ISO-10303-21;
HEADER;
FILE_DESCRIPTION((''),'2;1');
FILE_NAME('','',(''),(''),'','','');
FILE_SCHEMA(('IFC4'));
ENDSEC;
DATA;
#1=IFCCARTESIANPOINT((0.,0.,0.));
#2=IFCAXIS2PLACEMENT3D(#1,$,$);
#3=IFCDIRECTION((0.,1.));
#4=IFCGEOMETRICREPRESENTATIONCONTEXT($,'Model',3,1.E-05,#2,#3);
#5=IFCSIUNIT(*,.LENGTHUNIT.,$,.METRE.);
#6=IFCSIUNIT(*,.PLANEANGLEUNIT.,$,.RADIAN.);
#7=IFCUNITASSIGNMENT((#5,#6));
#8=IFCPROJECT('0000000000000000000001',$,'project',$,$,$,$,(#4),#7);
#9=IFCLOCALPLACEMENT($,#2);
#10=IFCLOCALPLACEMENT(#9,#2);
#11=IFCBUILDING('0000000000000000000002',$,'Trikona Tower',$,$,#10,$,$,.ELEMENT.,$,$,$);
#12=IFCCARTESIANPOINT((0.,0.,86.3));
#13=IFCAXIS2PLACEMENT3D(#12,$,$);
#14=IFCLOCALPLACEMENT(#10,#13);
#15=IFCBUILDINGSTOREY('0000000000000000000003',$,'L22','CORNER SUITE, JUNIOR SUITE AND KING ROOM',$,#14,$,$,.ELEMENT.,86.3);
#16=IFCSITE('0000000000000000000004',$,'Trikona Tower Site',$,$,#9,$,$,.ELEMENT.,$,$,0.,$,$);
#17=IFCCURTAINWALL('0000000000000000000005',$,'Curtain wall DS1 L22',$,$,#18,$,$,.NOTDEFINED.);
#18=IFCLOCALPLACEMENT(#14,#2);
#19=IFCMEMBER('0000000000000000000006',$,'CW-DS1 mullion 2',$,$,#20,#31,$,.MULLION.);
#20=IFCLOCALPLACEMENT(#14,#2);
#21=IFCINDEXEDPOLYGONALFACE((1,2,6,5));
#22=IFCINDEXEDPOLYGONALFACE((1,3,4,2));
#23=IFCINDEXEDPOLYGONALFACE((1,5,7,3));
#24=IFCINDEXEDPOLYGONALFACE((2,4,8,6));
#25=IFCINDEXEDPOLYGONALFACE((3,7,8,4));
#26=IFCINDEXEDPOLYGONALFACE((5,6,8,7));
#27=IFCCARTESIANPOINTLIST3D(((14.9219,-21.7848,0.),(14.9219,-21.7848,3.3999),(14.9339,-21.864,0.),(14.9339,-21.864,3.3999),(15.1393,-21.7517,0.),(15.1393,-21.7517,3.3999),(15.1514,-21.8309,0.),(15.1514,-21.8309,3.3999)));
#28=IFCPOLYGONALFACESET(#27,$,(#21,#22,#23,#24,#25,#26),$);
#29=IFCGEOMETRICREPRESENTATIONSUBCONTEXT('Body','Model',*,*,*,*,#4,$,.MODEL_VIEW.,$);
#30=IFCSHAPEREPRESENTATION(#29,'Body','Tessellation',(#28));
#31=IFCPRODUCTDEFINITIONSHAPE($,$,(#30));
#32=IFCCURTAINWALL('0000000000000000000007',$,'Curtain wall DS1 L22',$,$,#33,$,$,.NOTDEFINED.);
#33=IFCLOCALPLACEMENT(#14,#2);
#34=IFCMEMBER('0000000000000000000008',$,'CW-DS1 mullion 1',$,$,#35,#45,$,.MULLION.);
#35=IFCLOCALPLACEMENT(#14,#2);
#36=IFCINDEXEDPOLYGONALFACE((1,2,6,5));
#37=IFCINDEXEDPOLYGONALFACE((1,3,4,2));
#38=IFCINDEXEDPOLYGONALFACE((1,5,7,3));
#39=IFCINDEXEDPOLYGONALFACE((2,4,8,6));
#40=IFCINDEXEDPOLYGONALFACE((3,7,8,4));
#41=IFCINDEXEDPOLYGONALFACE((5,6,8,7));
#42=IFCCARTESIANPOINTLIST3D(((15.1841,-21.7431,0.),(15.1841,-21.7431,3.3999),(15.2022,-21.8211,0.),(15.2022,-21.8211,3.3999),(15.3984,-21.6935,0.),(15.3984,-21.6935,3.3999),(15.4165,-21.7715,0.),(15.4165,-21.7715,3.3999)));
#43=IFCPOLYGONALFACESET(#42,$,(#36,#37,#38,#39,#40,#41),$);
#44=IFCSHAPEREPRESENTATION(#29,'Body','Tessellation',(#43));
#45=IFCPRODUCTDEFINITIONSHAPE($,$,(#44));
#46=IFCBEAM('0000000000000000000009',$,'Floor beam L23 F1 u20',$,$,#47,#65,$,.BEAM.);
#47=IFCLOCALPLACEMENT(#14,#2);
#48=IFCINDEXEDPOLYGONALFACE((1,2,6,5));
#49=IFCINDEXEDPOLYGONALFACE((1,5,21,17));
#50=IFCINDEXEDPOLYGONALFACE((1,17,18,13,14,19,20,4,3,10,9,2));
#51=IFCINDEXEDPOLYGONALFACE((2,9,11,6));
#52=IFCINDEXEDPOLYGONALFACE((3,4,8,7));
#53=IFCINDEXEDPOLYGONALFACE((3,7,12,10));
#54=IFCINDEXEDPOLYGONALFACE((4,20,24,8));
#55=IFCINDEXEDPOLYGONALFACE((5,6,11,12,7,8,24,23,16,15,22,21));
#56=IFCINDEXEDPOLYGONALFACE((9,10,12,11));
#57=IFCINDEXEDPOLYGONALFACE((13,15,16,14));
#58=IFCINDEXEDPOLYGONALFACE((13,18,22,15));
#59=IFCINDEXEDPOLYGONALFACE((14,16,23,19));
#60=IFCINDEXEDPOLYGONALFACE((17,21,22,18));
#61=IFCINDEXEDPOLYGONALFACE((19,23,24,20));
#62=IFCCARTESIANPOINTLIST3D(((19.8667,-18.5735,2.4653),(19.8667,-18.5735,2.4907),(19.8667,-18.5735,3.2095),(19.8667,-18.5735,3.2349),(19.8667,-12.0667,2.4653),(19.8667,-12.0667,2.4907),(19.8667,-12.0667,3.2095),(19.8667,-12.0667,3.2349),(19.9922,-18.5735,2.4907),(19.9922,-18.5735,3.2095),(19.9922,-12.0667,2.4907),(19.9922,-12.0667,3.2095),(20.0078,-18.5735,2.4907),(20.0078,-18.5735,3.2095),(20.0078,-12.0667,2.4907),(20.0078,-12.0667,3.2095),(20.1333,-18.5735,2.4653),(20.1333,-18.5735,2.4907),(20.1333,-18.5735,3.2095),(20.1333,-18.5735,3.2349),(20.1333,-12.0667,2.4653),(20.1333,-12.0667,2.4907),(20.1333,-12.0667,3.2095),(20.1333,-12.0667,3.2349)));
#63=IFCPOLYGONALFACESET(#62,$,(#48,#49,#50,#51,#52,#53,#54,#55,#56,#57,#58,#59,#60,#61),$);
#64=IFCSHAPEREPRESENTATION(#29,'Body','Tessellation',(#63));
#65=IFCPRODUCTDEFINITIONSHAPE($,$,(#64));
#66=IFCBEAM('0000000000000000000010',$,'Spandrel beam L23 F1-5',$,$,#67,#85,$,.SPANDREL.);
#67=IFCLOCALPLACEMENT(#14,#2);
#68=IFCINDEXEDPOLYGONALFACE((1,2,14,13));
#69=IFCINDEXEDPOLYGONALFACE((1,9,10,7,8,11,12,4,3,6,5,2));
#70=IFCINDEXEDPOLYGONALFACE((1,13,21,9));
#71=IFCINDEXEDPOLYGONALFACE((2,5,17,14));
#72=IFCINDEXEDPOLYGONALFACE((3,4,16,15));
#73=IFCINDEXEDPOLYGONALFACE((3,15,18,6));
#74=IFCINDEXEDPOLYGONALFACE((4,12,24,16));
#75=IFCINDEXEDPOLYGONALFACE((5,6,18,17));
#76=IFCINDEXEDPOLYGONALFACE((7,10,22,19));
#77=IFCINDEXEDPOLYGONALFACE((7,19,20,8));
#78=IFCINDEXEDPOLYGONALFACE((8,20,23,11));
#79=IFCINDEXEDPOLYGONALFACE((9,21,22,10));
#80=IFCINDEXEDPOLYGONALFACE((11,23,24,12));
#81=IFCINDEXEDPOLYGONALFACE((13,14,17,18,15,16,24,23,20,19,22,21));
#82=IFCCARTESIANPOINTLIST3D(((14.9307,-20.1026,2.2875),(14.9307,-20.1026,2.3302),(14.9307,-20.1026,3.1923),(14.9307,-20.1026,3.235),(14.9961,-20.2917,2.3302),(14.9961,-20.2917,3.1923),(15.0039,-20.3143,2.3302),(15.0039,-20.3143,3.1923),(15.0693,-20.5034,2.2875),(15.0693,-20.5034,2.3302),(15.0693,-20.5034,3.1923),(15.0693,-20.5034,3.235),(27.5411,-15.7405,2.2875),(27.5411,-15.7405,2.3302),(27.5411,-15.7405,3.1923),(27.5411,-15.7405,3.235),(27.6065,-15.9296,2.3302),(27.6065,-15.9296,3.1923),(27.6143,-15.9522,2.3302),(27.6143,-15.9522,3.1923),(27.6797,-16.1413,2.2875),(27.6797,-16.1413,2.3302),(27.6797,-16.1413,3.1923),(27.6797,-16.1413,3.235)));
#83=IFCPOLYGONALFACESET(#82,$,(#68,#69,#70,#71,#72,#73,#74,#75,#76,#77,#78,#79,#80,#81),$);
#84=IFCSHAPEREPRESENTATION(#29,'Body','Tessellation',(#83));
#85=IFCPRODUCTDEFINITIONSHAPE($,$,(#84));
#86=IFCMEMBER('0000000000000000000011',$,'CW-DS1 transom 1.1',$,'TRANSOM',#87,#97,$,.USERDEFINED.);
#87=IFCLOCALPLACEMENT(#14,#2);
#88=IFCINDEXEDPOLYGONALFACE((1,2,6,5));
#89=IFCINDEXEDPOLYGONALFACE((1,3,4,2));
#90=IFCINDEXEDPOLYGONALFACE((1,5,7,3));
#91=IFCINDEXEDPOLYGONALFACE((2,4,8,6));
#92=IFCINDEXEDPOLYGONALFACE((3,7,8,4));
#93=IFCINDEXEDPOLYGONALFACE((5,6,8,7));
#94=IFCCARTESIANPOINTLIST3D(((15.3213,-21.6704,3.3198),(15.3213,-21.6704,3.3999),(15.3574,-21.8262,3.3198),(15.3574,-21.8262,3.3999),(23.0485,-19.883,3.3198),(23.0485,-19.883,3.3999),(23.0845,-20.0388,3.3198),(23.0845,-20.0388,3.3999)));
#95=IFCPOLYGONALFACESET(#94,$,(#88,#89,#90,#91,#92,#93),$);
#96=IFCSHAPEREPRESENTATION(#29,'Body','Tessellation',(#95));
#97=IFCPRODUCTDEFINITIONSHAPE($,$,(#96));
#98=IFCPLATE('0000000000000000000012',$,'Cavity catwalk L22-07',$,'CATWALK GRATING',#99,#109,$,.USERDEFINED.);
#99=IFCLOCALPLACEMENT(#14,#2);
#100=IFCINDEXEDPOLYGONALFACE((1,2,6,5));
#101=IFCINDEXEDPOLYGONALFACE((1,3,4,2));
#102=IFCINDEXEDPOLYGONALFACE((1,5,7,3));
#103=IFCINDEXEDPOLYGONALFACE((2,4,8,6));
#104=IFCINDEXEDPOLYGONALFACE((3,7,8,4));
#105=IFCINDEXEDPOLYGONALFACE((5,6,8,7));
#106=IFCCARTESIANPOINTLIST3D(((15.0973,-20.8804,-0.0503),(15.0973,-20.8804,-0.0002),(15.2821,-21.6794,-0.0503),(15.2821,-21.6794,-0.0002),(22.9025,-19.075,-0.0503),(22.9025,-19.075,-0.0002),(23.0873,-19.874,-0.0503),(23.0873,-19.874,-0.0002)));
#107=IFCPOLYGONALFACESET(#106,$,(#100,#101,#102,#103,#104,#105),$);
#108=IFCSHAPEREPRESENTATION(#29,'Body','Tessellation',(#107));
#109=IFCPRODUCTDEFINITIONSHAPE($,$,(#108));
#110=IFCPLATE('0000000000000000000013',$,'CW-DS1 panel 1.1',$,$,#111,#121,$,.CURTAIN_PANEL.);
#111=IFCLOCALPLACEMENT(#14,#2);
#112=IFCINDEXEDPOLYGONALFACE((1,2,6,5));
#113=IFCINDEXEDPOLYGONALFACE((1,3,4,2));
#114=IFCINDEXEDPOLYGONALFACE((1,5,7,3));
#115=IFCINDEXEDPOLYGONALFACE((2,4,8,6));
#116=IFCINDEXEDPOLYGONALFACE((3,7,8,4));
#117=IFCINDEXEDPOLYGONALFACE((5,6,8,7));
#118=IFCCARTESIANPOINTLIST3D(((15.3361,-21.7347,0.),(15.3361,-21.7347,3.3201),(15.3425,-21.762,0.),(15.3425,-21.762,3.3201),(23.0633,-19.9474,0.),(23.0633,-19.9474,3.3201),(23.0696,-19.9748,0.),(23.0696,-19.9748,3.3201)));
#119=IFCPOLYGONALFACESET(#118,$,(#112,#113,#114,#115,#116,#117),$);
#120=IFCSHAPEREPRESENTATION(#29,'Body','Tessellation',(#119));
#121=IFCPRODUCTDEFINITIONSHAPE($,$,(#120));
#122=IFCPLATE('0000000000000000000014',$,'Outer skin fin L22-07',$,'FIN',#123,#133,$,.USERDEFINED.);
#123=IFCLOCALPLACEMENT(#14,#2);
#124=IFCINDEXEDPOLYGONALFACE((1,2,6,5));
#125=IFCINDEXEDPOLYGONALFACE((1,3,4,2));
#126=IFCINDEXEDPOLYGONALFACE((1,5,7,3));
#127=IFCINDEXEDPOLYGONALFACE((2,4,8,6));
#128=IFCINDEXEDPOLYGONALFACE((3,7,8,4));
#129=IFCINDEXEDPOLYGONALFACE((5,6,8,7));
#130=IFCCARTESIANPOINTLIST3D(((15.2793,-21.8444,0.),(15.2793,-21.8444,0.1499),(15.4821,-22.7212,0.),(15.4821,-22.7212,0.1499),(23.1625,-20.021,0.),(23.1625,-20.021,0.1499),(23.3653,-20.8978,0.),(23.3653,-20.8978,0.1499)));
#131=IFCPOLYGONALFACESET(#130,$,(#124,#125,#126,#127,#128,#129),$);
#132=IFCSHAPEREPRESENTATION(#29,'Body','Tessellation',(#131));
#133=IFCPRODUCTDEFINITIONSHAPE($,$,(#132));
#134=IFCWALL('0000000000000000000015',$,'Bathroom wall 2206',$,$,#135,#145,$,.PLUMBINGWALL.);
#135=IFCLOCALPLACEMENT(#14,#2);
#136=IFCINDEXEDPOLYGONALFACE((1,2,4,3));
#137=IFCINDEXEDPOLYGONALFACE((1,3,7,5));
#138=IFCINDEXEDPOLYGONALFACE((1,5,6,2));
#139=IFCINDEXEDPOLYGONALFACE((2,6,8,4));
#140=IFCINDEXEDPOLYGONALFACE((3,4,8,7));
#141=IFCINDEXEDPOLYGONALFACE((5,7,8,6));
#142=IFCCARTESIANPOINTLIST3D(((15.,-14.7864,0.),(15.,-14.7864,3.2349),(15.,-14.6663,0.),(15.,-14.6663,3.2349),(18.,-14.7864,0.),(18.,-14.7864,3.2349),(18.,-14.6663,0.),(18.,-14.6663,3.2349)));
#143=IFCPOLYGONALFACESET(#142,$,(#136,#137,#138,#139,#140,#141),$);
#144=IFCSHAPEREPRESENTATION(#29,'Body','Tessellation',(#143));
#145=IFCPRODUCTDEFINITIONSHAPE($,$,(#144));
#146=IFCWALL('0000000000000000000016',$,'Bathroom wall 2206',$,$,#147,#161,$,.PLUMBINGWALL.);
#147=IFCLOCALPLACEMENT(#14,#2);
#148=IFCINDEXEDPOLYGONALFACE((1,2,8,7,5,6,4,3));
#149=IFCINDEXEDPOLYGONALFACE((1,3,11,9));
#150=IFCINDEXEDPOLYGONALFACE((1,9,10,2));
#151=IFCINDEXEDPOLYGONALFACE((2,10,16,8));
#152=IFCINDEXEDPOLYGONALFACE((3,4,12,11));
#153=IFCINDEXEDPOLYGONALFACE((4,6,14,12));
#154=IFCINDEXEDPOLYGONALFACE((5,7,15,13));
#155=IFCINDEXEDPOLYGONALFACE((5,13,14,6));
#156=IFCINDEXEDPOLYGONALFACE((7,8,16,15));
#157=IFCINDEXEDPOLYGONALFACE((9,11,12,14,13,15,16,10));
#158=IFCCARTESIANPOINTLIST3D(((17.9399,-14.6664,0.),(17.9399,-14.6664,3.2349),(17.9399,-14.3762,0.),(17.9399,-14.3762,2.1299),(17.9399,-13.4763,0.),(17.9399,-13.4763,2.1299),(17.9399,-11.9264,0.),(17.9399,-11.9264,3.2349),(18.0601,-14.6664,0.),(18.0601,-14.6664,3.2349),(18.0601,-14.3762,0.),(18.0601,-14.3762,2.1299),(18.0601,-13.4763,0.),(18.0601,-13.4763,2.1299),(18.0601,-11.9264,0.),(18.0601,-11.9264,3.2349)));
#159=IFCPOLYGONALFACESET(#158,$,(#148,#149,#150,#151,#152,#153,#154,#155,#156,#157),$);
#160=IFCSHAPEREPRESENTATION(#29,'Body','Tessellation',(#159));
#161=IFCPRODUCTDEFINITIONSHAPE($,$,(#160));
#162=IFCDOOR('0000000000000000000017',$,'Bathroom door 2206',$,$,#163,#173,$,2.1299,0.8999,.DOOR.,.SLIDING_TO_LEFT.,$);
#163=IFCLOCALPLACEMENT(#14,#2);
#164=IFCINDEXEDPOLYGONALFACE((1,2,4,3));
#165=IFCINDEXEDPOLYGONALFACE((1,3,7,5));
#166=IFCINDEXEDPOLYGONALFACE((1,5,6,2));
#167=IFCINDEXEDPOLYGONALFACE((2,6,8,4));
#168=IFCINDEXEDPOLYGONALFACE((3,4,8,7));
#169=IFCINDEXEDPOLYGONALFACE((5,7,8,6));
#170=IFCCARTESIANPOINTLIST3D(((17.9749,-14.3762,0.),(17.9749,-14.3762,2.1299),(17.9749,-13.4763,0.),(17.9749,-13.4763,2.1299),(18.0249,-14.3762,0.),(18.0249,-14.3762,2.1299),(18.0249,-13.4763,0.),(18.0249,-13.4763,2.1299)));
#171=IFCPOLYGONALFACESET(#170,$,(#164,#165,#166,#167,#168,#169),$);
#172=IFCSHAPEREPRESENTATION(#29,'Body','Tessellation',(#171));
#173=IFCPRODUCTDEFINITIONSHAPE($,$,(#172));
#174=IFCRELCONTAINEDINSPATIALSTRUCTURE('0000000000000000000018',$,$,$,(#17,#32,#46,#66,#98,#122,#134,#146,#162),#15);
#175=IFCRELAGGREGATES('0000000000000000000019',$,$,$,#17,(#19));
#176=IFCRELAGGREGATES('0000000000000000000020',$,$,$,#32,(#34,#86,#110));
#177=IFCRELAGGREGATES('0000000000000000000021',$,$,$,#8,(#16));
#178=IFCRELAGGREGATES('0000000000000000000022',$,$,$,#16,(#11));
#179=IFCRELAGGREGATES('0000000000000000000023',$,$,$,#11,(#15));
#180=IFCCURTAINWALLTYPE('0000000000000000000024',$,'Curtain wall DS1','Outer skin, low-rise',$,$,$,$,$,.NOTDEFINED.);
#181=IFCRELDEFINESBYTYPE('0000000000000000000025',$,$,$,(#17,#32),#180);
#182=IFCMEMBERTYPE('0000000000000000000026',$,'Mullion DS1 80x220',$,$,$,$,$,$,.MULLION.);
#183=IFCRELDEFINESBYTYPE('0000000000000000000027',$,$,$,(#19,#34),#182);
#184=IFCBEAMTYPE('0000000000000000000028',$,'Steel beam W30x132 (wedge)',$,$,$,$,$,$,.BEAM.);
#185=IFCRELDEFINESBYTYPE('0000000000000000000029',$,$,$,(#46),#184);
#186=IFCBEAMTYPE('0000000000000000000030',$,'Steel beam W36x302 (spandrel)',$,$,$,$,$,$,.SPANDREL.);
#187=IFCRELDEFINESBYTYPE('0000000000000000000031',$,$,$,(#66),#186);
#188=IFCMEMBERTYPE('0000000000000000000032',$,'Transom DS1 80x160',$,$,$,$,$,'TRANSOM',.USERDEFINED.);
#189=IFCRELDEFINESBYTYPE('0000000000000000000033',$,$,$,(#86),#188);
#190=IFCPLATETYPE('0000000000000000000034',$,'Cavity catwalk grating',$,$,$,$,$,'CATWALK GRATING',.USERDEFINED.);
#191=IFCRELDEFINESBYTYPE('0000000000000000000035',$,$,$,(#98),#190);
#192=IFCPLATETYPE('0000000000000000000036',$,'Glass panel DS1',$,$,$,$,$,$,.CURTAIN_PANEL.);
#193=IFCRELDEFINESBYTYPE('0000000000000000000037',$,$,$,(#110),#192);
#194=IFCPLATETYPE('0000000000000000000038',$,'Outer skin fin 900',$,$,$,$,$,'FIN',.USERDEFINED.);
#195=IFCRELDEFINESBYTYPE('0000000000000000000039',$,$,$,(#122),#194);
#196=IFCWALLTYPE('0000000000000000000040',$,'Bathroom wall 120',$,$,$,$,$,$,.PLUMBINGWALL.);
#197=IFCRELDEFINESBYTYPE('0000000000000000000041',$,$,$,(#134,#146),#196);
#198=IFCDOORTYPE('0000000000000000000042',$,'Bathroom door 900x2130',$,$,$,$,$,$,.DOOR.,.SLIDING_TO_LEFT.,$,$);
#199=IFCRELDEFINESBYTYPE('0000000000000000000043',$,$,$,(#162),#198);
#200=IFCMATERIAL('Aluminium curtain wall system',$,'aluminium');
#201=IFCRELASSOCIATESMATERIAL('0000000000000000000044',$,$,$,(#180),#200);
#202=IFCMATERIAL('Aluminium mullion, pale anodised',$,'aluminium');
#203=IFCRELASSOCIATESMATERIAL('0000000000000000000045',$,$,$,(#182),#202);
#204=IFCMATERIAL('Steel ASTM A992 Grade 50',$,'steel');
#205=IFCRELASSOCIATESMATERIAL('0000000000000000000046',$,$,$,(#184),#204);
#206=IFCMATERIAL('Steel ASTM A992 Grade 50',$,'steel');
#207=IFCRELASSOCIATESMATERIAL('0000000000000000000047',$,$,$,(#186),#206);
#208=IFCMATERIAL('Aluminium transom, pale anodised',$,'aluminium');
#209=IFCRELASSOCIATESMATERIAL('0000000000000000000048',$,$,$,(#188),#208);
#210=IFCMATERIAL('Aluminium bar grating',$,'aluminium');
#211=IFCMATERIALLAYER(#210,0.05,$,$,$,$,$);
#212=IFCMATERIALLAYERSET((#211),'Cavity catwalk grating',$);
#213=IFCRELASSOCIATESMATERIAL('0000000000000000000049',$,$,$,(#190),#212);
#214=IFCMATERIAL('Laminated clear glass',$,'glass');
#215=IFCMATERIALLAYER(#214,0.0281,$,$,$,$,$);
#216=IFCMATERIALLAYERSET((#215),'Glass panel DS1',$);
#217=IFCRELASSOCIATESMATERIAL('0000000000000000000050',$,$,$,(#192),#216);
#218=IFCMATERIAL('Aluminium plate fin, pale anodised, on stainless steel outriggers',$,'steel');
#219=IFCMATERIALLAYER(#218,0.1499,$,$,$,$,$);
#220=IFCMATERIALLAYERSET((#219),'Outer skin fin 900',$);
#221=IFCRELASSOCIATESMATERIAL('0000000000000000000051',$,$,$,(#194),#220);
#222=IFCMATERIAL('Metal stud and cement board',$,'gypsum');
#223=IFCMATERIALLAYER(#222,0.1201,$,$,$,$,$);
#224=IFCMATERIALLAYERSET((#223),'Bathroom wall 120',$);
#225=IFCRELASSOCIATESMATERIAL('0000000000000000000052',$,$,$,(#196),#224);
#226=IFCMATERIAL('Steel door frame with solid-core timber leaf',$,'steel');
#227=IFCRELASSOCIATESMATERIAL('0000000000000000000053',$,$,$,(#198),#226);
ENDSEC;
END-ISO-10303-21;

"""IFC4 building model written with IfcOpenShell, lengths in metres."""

from ifc_helpers import new_model, si_unit, direction, frame, frame_2d, origin, origin_2d, place, context, subcontext, project, spatial, rectangle, i_section, extrude, material, layer, layer_set, material_profile, profile_set, type_object, element, fill, aggregate, save


model = new_model("IFC4")

# Units and contexts
model_context = context("Model", 3, precision=1e-05, world=origin(), true_north=direction((0.0, 1.0)))
body_context = subcontext(model_context, "Body", "Model", "MODEL_VIEW")
ifc_project = project(units=[si_unit("LENGTHUNIT", "METRE"), si_unit("PLANEANGLEUNIT", "RADIAN")], contexts=[model_context])

# Site, building, storey
site_placement = place(None, origin())
site = spatial("IfcSite", under=ifc_project, at=site_placement, Name="Trikona Tower Site", CompositionType="ELEMENT", RefElevation=0.0)
building_placement = place(site_placement, origin())
building = spatial("IfcBuilding", under=site, at=building_placement, Name="Trikona Tower", CompositionType="ELEMENT")
storey_placement = place(building_placement, frame((0.0, 0.0, 86.3)))
storey = spatial("IfcBuildingStorey", under=building, at=storey_placement, Name="L22", Description="CORNER SUITE, JUNIOR SUITE AND KING ROOM", CompositionType="ELEMENT", Elevation=86.3)

# Curtain walls, members
ifc_material_1 = material(Name="Aluminium curtain wall system", Category="aluminium")
curtain_wall_type = type_object("IfcCurtainWallType", Name="Curtain wall DS1", Description="Outer skin, low-rise", PredefinedType="NOTDEFINED", material=ifc_material_1)
curtain_wall_1_placement = place(storey_placement, origin())
curtain_wall_1 = element("IfcCurtainWall", 1, at=curtain_wall_1_placement, inside=storey, type_object=curtain_wall_type, Name="Curtain wall DS1 L22", PredefinedType="NOTDEFINED")
ifc_material_2 = material(Name="Aluminium mullion, pale anodised", Category="aluminium")
ifc_material_profile_1 = material_profile(ifc_material_2, rectangle(XDim=0.0801, YDim=0.22, at=origin_2d()), Name="MUL-DS1")
ifc_profile_set_1 = profile_set([ifc_material_profile_1], Name="Aluminium mullion, pale anodised")
member_type_1 = type_object("IfcMemberType", Name="Mullion DS1 80x220", PredefinedType="MULLION", material=ifc_profile_set_1)
member_1_placement = place(storey_placement, frame((15.0366, -21.8079, 0.0), z_axis=(0.0, 0.0, 1.0), x_axis=(-0.150438, 0.988619, 0.0)))
member_1 = element("IfcMember", 2, at=member_1_placement, type_object=member_type_1, Name="CW-DS1 mullion 2", PredefinedType="MULLION", context=body_context, shape_type="SweptSolid", body=[
    extrude(rectangle(XDim=0.0801, YDim=0.22, at=origin_2d()), origin(), (0.0, 0.0, 1.0), 3.3999),
])
aggregate(curtain_wall_1, [member_1])
curtain_wall_2_placement = place(storey_placement, origin())
curtain_wall_2 = element("IfcCurtainWall", 3, at=curtain_wall_2_placement, inside=storey, type_object=curtain_wall_type, Name="Curtain wall DS1 L22", PredefinedType="NOTDEFINED")
member_2_placement = place(storey_placement, frame((15.3003, -21.7573, 0.0), z_axis=(0.0, 0.0, 1.0), x_axis=(-0.225343, 0.974279, 0.0)))
member_2 = element("IfcMember", 4, at=member_2_placement, type_object=member_type_1, Name="CW-DS1 mullion 1", PredefinedType="MULLION", context=body_context, shape_type="SweptSolid", body=[
    extrude(rectangle(XDim=0.0801, YDim=0.22, at=origin_2d()), origin(), (0.0, 0.0, 1.0), 3.3999),
])

# Beams
ifc_material_3 = material(Name="Steel ASTM A992 Grade 50", Category="steel")
ifc_material_profile_2 = material_profile(ifc_material_3, i_section(OverallWidth=0.2666, OverallDepth=0.7695, WebThickness=0.0156, FlangeThickness=0.0254, at=origin_2d()), Name="W30X132")
ifc_profile_set_2 = profile_set([ifc_material_profile_2], Name="Steel ASTM A992 Grade 50")
beam_type_1 = type_object("IfcBeamType", Name="Steel beam W30x132 (wedge)", PredefinedType="BEAM", material=ifc_profile_set_2)
beam_1_placement = place(storey_placement, frame((20.0, -12.0667, 2.8501), z_axis=(0.0, -1.0, 0.0), x_axis=(1.0, 0.0, 0.0)))
element("IfcBeam", 5, at=beam_1_placement, inside=storey, type_object=beam_type_1, Name="Floor beam L23 F1 u20", PredefinedType="BEAM", context=body_context, shape_type="SweptSolid", body=[
    extrude(i_section(OverallWidth=0.2666, OverallDepth=0.7695, WebThickness=0.0156, FlangeThickness=0.0254, at=origin_2d()), origin(), (0.0, 0.0, 1.0), 6.5068),
])
ifc_material_4 = material(Name="Steel ASTM A992 Grade 50", Category="steel")
ifc_material_profile_3 = material_profile(ifc_material_4, i_section(OverallWidth=0.4241, OverallDepth=0.9475, WebThickness=0.0239, FlangeThickness=0.0427, at=origin_2d()), Name="W36X302")
ifc_profile_set_3 = profile_set([ifc_material_profile_3], Name="Steel ASTM A992 Grade 50")
beam_type_2 = type_object("IfcBeamType", Name="Steel beam W36x302 (spandrel)", PredefinedType="SPANDREL", material=ifc_profile_set_3)
beam_2_placement = place(storey_placement, frame((15.0, -20.303, 2.7612), z_axis=(0.945057, 0.326906, 0.0), x_axis=(-0.326906, 0.945057, 0.0)))
element("IfcBeam", 6, at=beam_2_placement, inside=storey, type_object=beam_type_2, Name="Spandrel beam L23 F1-5", PredefinedType="SPANDREL", context=body_context, shape_type="SweptSolid", body=[
    extrude(i_section(OverallWidth=0.4241, OverallDepth=0.9475, WebThickness=0.0239, FlangeThickness=0.0427, at=origin_2d()), origin(), (0.0, 0.0, 1.0), 13.3435),
])

# Member
ifc_material_5 = material(Name="Aluminium transom, pale anodised", Category="aluminium")
ifc_material_profile_4 = material_profile(ifc_material_5, rectangle(XDim=0.1599, YDim=0.0801, at=origin_2d()), Name="TRN-DS1")
ifc_profile_set_4 = profile_set([ifc_material_profile_4], Name="Aluminium transom, pale anodised")
member_type_2 = type_object("IfcMemberType", Name="Transom DS1 80x160", ElementType="TRANSOM", PredefinedType="USERDEFINED", material=ifc_profile_set_4)
member_3_placement = place(storey_placement, frame((15.3394, -21.7483, 3.3599), z_axis=(0.974275, 0.225361, 0.0), x_axis=(-0.225361, 0.974275, 0.0)))
member_3 = element("IfcMember", 7, at=member_3_placement, type_object=member_type_2, Name="CW-DS1 transom 1.1", ObjectType="TRANSOM", PredefinedType="USERDEFINED", context=body_context, shape_type="SweptSolid", body=[
    extrude(rectangle(XDim=0.1599, YDim=0.0801, at=origin_2d()), origin(), (0.0, 0.0, 1.0), 7.9312),
])

# Plates
ifc_material_6 = material(Name="Aluminium bar grating", Category="aluminium")
ifc_layer_1 = layer(ifc_material_6, 0.05)
ifc_layer_set_1 = layer_set([ifc_layer_1], Name="Cavity catwalk grating")
plate_type_1 = type_object("IfcPlateType", Name="Cavity catwalk grating", ElementType="CATWALK GRATING", PredefinedType="USERDEFINED", material=ifc_layer_set_1)
plate_1_placement = place(storey_placement, frame((19.0923, -20.3772, -0.0503), z_axis=(0.0, 0.0, 1.0), x_axis=(0.974278, 0.225351, 0.0)))
element("IfcPlate", 8, at=plate_1_placement, inside=storey, type_object=plate_type_1, Name="Cavity catwalk L22-07", ObjectType="CATWALK GRATING", PredefinedType="USERDEFINED", context=body_context, shape_type="SweptSolid", body=[
    extrude(rectangle(XDim=8.0112, YDim=0.8201, at=origin_2d()), origin(), (0.0, 0.0, 1.0), 0.05),
])
ifc_material_7 = material(Name="Laminated clear glass", Category="glass")
ifc_layer_2 = layer(ifc_material_7, 0.0281)
ifc_layer_set_2 = layer_set([ifc_layer_2], Name="Glass panel DS1")
plate_type_2 = type_object("IfcPlateType", Name="Glass panel DS1", PredefinedType="CURTAIN_PANEL", material=ifc_layer_set_2)
plate_2_placement = place(storey_placement, frame((19.2029, -20.8547, 0.0), z_axis=(0.0, 0.0, 1.0), x_axis=(0.974279, 0.225343, 0.0)))
plate_2 = element("IfcPlate", 9, at=plate_2_placement, type_object=plate_type_2, Name="CW-DS1 panel 1.1", PredefinedType="CURTAIN_PANEL", context=body_context, shape_type="SweptSolid", body=[
    extrude(rectangle(XDim=7.9312, YDim=0.0281, at=origin_2d()), origin(), (0.0, 0.0, 1.0), 3.3201),
])
aggregate(curtain_wall_2, [member_2, member_3, plate_2])
ifc_material_8 = material(Name="Aluminium plate fin, pale anodised, on stainless steel outriggers", Category="steel")
ifc_layer_3 = layer(ifc_material_8, 0.1499)
ifc_layer_set_3 = layer_set([ifc_layer_3], Name="Outer skin fin 900")
plate_type_3 = type_object("IfcPlateType", Name="Outer skin fin 900", ElementType="FIN", PredefinedType="USERDEFINED", material=ifc_layer_set_3)
plate_3_placement = place(storey_placement, frame((19.3223, -21.3711, 0.0), z_axis=(0.0, 0.0, 1.0), x_axis=(0.974278, 0.225351, 0.0)))
element("IfcPlate", 10, at=plate_3_placement, inside=storey, type_object=plate_type_3, Name="Outer skin fin L22-07", ObjectType="FIN", PredefinedType="USERDEFINED", context=body_context, shape_type="SweptSolid", body=[
    extrude(rectangle(XDim=8.0913, YDim=0.8999, at=origin_2d()), origin(), (0.0, 0.0, 1.0), 0.1499),
])

# Wall
ifc_material_9 = material(Name="Metal stud and cement board", Category="gypsum")
ifc_layer_4 = layer(ifc_material_9, 0.1201)
ifc_layer_set_4 = layer_set([ifc_layer_4], Name="Bathroom wall 120")
wall_type_1 = type_object("IfcWallType", Name="Bathroom wall 120", PredefinedType="PLUMBINGWALL", material=ifc_layer_set_4)
wall_1_placement = place(storey_placement, frame((15.0, -14.7263, 0.0), z_axis=(0.0, 0.0, 1.0), x_axis=(1.0, 0.0, 0.0)))
element("IfcWall", 11, at=wall_1_placement, inside=storey, type_object=wall_type_1, Name="Bathroom wall 2206", PredefinedType="PLUMBINGWALL", context=body_context, shape_type="SweptSolid", body=[
    extrude(rectangle(XDim=3.0, YDim=0.1201, at=frame_2d((1.5, 0.0))), origin(), (0.0, 0.0, 1.0), 3.2349),
])

# Wall, opening, door
wall_2_placement = place(storey_placement, frame((18.0, -11.9263, 0.0), z_axis=(0.0, 0.0, 1.0), x_axis=(0.0, -1.0, 0.0)))
wall_2 = element("IfcWall", 12, at=wall_2_placement, inside=storey, type_object=wall_type_1, Name="Bathroom wall 2206", PredefinedType="PLUMBINGWALL", context=body_context, shape_type="SweptSolid", body=[
    extrude(rectangle(XDim=2.74, YDim=0.1201, at=frame_2d((1.3701, 0.0))), origin(), (0.0, 0.0, 1.0), 3.2349),
])
opening_placement = place(wall_2_placement, frame((1.55, 0.0, 0.0)))
opening = element("IfcOpeningElement", 13, at=opening_placement, cuts=wall_2, PredefinedType="OPENING", context=body_context, shape_type="SweptSolid", body=[
    extrude(rectangle(XDim=0.8999, YDim=2.1299, at=frame_2d((0.45, 1.0649))), frame((0.0, 0.0701, 0.0), z_axis=(0.0, -1.0, 0.0), x_axis=(1.0, 0.0, 0.0)), (0.0, 0.0, 1.0), 0.1401),
])
ifc_material_10 = material(Name="Steel door frame with solid-core timber leaf", Category="steel")
door_type = type_object("IfcDoorType", Name="Bathroom door 900x2130", OperationType="SLIDING_TO_LEFT", PredefinedType="DOOR", material=ifc_material_10)
door_placement = place(opening_placement, origin())
door = element("IfcDoor", 14, at=door_placement, inside=storey, type_object=door_type, Name="Bathroom door 2206", OperationType="SLIDING_TO_LEFT", OverallHeight=2.1299, OverallWidth=0.8999, PredefinedType="DOOR", context=body_context, shape_type="SweptSolid", body=[
    extrude(rectangle(XDim=0.8999, YDim=2.1299, at=frame_2d((0.45, 1.0649))), frame((0.0, 0.0249, 0.0), z_axis=(0.0, -1.0, 0.0), x_axis=(1.0, 0.0, 0.0)), (0.0, 0.0, 1.0), 0.05),
])
fill(opening, door)

save(model, "model.ifc")
